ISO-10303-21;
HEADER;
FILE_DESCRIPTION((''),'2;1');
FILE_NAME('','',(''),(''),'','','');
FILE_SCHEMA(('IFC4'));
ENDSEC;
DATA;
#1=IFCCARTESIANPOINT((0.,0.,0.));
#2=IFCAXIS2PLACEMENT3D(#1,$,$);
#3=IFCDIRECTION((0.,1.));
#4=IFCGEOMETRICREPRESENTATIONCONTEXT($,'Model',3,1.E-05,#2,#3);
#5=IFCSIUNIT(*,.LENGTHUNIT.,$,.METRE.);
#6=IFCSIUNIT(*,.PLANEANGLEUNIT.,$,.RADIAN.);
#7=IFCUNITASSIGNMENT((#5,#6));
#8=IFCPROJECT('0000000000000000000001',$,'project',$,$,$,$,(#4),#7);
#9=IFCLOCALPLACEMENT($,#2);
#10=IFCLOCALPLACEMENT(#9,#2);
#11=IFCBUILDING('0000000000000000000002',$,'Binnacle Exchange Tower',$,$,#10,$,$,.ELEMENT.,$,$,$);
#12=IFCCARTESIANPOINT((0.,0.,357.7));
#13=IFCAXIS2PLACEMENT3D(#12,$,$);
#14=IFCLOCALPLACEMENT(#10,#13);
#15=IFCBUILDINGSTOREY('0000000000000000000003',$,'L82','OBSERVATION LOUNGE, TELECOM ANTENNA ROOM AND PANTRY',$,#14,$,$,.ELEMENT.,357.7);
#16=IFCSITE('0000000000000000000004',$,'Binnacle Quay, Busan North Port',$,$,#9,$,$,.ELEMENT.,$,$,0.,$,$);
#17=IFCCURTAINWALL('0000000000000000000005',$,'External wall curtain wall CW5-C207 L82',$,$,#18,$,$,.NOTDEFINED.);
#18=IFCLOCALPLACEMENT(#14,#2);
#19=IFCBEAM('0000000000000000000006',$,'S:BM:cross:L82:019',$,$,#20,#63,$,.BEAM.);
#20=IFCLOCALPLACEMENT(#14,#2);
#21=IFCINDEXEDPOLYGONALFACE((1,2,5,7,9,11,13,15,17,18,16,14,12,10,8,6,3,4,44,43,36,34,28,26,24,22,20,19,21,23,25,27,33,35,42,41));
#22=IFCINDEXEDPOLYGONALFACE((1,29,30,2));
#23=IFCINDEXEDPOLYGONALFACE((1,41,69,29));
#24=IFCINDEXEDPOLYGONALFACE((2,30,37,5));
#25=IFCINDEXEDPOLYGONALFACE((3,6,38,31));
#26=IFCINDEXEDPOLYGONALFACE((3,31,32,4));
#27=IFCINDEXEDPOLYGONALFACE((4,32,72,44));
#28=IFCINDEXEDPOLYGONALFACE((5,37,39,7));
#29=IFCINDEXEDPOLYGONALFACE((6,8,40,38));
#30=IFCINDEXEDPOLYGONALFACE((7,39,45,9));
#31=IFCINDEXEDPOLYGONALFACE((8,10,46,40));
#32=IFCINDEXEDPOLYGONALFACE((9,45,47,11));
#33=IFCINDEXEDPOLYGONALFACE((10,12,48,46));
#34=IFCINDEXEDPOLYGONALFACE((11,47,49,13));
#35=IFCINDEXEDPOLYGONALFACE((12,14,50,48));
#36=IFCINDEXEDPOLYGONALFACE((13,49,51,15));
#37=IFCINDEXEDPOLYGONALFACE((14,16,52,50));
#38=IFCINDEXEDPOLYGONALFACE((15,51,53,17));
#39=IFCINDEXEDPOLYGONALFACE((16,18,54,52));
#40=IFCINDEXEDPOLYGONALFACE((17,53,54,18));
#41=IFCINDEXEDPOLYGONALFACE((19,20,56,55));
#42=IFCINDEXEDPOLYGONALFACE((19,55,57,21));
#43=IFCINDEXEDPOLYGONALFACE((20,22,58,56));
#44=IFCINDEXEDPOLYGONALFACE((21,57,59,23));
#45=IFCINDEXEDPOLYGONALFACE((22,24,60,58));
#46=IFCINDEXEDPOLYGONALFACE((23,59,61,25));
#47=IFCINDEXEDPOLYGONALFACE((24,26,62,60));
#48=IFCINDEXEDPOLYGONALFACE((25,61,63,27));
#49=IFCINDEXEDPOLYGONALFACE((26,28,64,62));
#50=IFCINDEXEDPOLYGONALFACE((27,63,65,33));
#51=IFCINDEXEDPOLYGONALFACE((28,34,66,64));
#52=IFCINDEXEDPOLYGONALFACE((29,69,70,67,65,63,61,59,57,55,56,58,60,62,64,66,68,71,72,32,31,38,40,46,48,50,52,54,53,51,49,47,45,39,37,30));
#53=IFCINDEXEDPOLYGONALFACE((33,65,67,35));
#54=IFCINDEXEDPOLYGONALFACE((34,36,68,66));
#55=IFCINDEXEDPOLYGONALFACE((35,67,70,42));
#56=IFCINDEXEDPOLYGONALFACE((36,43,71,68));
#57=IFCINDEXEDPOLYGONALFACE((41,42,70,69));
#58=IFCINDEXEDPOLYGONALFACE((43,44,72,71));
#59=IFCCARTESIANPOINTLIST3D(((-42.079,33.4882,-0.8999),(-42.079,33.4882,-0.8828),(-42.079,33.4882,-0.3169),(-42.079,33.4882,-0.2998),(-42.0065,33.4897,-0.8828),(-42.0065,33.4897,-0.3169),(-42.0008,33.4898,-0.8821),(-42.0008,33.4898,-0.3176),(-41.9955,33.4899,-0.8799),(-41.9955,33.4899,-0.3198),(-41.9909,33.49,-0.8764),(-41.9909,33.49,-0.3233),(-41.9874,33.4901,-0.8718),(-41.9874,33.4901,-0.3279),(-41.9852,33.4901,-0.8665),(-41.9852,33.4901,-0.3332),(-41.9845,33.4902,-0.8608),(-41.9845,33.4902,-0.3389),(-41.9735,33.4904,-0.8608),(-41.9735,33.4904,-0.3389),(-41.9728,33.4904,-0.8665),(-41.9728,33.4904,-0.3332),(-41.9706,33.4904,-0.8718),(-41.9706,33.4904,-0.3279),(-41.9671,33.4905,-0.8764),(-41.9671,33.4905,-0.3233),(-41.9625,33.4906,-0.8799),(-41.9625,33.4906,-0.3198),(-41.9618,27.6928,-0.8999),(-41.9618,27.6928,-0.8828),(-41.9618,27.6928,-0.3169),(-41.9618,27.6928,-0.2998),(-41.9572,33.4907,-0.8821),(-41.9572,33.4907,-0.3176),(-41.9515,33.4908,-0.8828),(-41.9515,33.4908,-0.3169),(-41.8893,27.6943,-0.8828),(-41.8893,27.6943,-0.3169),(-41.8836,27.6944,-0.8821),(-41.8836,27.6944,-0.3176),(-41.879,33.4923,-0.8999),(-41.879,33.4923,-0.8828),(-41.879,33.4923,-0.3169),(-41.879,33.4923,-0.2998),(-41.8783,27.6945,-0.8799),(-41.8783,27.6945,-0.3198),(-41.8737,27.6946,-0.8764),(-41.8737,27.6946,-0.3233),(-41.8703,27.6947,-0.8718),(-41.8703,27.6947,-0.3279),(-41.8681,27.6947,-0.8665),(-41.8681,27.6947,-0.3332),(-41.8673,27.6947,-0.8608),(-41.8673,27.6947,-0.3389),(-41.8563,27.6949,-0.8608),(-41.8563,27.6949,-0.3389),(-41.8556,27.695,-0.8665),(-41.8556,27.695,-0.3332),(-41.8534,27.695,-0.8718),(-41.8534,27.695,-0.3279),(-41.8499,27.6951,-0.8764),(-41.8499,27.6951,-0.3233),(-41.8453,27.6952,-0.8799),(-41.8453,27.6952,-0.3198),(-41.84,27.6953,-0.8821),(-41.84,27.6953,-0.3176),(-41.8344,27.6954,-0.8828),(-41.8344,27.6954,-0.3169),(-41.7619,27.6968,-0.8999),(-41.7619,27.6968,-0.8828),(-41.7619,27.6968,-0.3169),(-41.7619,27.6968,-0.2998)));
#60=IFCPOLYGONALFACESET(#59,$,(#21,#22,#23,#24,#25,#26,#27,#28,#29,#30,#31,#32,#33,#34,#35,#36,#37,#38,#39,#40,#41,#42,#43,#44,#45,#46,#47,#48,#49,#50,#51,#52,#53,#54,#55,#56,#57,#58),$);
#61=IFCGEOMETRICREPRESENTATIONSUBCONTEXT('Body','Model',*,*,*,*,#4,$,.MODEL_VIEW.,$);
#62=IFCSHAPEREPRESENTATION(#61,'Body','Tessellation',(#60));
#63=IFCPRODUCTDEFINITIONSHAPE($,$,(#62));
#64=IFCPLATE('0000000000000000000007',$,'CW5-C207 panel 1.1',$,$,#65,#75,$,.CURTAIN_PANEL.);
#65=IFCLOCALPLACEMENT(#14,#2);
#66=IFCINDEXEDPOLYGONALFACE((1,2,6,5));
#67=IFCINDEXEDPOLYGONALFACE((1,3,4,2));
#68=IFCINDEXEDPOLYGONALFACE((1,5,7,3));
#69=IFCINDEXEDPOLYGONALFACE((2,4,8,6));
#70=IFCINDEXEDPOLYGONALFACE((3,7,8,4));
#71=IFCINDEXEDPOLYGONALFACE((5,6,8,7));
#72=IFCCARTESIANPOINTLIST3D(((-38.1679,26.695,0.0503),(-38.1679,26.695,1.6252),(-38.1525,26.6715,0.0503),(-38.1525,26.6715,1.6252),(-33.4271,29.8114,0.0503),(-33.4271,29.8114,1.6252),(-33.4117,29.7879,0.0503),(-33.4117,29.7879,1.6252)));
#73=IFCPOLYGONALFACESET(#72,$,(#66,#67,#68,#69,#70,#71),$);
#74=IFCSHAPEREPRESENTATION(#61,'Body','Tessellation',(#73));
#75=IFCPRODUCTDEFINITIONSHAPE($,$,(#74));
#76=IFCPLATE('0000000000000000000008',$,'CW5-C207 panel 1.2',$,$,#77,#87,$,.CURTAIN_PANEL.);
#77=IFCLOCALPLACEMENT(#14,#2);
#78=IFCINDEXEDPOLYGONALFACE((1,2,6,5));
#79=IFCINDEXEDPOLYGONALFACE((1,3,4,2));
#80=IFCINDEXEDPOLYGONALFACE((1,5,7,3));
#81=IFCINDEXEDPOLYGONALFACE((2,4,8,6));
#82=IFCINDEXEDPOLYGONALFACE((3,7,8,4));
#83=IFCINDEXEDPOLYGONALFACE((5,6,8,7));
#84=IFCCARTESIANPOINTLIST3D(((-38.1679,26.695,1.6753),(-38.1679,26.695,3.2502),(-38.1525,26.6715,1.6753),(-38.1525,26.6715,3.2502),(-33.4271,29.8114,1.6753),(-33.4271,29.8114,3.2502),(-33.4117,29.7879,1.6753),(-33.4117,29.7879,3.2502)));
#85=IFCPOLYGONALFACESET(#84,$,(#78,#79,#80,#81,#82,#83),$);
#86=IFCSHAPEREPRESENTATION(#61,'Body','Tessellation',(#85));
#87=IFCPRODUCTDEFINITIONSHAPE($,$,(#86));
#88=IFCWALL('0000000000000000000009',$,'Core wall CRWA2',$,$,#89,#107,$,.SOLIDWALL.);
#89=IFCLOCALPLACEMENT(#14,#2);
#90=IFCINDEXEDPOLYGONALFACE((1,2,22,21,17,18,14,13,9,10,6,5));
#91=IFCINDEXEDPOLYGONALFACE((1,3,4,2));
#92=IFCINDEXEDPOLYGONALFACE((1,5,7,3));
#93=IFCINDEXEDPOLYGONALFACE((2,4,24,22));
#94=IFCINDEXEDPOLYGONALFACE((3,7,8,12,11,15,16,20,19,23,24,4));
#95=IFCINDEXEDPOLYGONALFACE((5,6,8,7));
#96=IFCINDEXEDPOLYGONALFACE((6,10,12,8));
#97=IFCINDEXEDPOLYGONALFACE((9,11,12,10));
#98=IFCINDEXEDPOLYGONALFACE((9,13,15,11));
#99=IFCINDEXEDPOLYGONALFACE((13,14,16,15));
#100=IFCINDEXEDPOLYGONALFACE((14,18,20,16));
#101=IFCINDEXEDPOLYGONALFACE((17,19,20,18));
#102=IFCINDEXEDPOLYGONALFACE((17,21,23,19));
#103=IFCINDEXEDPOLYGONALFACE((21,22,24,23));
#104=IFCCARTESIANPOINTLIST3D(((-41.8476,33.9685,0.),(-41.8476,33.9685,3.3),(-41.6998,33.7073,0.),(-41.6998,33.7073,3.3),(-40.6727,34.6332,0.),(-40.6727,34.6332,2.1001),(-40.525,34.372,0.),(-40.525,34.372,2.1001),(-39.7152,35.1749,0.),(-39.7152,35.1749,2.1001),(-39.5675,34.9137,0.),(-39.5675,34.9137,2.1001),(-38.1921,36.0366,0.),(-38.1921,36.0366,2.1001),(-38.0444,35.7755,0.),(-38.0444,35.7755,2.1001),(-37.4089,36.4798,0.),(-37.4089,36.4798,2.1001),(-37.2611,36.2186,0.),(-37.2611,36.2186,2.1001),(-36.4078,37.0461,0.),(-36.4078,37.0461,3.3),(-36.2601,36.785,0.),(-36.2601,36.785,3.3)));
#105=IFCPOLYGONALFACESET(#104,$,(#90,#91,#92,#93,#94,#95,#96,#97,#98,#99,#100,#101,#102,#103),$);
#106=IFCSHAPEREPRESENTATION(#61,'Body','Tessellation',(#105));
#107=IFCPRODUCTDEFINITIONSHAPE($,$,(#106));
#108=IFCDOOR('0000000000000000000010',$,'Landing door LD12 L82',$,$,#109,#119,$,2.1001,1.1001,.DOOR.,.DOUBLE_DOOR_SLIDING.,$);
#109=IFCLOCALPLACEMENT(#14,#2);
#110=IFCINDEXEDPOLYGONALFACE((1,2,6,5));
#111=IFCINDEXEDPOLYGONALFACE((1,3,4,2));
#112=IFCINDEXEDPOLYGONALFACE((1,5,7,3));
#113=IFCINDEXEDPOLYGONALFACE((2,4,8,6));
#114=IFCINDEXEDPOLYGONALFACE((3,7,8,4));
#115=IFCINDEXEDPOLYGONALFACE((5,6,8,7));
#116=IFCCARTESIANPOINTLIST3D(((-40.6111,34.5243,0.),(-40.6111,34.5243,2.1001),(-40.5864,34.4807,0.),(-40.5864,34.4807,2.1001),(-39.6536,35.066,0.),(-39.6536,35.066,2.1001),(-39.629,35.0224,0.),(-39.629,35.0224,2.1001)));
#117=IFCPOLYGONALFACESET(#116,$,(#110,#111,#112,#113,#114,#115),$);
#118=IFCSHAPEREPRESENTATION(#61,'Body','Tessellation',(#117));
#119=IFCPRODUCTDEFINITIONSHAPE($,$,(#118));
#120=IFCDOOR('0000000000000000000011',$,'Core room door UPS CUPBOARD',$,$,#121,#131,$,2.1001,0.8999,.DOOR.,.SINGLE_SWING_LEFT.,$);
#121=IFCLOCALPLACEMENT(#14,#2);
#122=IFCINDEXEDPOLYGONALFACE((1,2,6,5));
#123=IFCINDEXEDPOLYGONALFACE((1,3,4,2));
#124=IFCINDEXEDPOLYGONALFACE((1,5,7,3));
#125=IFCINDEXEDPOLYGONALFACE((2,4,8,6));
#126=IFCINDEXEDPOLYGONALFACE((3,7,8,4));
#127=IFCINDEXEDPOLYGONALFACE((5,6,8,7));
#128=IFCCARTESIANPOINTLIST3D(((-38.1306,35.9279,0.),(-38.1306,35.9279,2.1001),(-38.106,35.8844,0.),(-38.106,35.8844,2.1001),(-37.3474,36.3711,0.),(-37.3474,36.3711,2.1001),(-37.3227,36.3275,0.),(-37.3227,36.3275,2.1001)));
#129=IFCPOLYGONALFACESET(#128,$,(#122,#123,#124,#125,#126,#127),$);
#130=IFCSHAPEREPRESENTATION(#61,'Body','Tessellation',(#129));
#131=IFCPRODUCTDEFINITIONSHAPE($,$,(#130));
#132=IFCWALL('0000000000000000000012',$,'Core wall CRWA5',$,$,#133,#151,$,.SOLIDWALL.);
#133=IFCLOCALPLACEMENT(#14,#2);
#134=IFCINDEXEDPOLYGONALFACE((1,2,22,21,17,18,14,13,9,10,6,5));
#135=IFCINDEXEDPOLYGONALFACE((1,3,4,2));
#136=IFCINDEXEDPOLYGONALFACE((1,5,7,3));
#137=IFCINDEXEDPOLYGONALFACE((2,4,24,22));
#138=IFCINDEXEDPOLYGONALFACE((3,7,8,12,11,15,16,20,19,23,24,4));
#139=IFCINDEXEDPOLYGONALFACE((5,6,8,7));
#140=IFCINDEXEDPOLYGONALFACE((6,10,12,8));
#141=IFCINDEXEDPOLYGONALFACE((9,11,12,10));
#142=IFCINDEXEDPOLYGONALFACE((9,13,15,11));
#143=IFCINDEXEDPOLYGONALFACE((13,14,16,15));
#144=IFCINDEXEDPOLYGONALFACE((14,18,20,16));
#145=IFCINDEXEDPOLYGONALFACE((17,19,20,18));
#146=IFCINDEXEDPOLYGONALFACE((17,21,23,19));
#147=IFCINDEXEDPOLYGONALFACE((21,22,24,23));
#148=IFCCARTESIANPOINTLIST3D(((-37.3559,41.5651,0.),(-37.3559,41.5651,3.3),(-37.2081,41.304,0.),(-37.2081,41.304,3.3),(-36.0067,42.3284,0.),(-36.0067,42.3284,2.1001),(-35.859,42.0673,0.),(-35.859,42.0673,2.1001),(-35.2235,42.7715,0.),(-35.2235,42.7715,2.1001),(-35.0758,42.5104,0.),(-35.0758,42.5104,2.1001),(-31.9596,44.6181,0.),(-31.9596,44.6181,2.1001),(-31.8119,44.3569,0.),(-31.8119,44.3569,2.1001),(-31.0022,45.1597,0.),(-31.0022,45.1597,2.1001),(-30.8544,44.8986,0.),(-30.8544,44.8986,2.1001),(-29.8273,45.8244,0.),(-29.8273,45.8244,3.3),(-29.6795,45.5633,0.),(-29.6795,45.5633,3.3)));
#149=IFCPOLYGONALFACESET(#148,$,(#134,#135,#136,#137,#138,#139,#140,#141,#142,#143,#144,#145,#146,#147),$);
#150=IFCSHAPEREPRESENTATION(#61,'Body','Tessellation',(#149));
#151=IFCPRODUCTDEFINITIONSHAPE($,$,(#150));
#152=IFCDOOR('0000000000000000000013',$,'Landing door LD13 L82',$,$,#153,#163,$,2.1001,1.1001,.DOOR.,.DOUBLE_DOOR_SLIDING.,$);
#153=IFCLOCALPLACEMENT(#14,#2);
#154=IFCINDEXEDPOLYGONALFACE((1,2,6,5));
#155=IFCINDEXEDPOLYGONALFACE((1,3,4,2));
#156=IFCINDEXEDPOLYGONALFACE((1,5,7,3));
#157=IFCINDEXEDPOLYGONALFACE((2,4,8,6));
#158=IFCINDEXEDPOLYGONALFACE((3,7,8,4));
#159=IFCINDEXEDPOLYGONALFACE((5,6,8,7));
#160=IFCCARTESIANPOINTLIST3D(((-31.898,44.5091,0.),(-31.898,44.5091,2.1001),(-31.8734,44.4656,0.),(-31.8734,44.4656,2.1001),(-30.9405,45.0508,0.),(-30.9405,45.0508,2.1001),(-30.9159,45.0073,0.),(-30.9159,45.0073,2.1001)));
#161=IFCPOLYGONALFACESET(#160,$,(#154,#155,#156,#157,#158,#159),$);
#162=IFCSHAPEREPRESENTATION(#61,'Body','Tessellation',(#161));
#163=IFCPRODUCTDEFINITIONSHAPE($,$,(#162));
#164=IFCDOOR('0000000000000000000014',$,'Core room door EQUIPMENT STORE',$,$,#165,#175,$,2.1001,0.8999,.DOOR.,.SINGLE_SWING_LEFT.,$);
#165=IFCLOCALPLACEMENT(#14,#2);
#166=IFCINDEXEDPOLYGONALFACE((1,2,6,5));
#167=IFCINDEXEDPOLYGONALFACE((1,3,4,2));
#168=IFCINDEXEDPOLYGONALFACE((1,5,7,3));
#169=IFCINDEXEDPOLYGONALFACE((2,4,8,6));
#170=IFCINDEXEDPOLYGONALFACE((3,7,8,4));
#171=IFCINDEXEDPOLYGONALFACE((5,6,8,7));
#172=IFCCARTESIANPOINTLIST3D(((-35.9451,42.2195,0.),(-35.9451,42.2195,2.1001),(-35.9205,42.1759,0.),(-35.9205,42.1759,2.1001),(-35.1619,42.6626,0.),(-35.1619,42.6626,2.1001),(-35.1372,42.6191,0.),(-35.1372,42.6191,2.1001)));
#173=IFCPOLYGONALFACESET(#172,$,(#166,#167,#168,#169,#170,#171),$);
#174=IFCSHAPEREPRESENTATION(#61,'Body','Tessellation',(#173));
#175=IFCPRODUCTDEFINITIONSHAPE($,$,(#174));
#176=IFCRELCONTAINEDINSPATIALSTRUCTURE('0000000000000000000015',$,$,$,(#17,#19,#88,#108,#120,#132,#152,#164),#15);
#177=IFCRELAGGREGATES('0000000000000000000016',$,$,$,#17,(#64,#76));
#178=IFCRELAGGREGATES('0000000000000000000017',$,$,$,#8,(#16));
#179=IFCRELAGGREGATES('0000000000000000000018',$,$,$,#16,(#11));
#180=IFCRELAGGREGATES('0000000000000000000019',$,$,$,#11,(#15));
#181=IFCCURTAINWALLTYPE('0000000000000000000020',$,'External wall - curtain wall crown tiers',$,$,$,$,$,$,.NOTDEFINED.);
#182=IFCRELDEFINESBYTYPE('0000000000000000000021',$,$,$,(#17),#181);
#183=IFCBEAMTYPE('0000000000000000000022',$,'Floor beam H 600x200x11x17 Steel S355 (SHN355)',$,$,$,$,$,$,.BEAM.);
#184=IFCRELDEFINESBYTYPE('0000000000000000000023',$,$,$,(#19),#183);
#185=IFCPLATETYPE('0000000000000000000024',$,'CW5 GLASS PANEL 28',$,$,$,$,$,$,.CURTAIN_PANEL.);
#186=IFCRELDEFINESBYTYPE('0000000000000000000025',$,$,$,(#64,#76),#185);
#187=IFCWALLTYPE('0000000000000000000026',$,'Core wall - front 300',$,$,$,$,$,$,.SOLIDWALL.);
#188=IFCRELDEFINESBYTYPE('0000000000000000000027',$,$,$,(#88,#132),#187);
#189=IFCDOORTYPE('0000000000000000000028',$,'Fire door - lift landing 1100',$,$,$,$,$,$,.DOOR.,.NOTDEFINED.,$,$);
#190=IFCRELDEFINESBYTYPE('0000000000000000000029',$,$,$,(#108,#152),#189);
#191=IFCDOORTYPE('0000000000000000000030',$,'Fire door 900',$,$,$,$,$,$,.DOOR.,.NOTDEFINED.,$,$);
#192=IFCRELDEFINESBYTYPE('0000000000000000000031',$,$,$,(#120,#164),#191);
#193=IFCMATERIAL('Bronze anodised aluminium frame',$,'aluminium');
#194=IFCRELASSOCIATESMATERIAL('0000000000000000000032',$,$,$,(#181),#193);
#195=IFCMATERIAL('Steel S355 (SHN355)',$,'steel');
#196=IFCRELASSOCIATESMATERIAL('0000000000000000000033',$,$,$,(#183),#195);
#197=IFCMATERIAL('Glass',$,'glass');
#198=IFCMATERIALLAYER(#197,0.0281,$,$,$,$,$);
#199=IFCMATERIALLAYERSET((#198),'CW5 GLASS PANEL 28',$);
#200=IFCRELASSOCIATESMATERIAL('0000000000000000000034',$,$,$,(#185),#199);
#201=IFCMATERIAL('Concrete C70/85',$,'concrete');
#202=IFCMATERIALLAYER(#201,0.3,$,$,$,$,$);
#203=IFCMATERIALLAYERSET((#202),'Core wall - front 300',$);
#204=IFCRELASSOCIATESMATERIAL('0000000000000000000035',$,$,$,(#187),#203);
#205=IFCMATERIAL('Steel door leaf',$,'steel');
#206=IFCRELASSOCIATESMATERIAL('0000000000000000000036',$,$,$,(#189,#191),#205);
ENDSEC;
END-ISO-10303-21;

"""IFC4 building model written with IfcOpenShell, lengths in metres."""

from ifc_helpers import new_model, si_unit, direction, frame, frame_2d, origin, origin_2d, place, context, subcontext, project, spatial, rectangle, i_section, extrude, material, layer, layer_set, material_profile, profile_set, type_object, element, fill, aggregate, save


model = new_model("IFC4")

# Units and contexts
model_context = context("Model", 3, precision=1e-05, world=origin(), true_north=direction((0.0, 1.0)))
body_context = subcontext(model_context, "Body", "Model", "MODEL_VIEW")
ifc_project = project(units=[si_unit("LENGTHUNIT", "METRE"), si_unit("PLANEANGLEUNIT", "RADIAN")], contexts=[model_context])

# Site, building, storey
site_placement = place(None, origin())
site = spatial("IfcSite", under=ifc_project, at=site_placement, Name="Binnacle Quay, Busan North Port", CompositionType="ELEMENT", RefElevation=0.0)
building_placement = place(site_placement, origin())
building = spatial("IfcBuilding", under=site, at=building_placement, Name="Binnacle Exchange Tower", CompositionType="ELEMENT")
storey_placement = place(building_placement, frame((0.0, 0.0, 357.7)))
storey = spatial("IfcBuildingStorey", under=building, at=storey_placement, Name="L82", Description="OBSERVATION LOUNGE, TELECOM ANTENNA ROOM AND PANTRY", CompositionType="ELEMENT", Elevation=357.7)

# Shared definitions
ifc_material_1 = material(Name="Steel S355 (SHN355)", Category="steel")

# Curtain wall
ifc_material_2 = material(Name="Bronze anodised aluminium frame", Category="aluminium")
curtain_wall_type = type_object("IfcCurtainWallType", Name="External wall - curtain wall crown tiers", PredefinedType="NOTDEFINED", material=ifc_material_2)
curtain_wall_placement = place(storey_placement, origin())
curtain_wall = element("IfcCurtainWall", 1, at=curtain_wall_placement, inside=storey, type_object=curtain_wall_type, Name="External wall curtain wall CW5-C207 L82", PredefinedType="NOTDEFINED")

# Beam
ifc_material_profile_1 = material_profile(ifc_material_1, i_section(OverallWidth=0.2, OverallDepth=0.6001, WebThickness=0.011, FlangeThickness=0.0171, FilletRadius=0.022, at=origin_2d()), Name="H 600x200x11x17")
ifc_profile_set_1 = profile_set([ifc_material_profile_1], Name="Steel S355 (SHN355)")
beam_type_1 = type_object("IfcBeamType", Name="Floor beam H 600x200x11x17 Steel S355 (SHN355)", PredefinedType="BEAM", material=ifc_profile_set_1)
beam_1_placement = place(storey_placement, frame((-41.8618, 27.6948, -0.5999), z_axis=(-0.020217, 0.999796, 0.0), x_axis=(-0.999796, -0.020217, 0.0)))
element("IfcBeam", 2, at=beam_1_placement, inside=storey, type_object=beam_type_1, Name="S:BM:cross:L82:019", PredefinedType="BEAM", context=body_context, shape_type="SweptSolid", body=[
    extrude(i_section(OverallWidth=0.2, OverallDepth=0.6001, WebThickness=0.011, FlangeThickness=0.0171, FilletRadius=0.022, at=origin_2d()), origin(), (0.0, 0.0, 1.0), 5.7966),
])

# Plates
ifc_material_3 = material(Name="Glass", Category="glass")
ifc_layer_1 = layer(ifc_material_3, 0.0281)
ifc_layer_set_1 = layer_set([ifc_layer_1], Name="CW5 GLASS PANEL 28")
plate_type = type_object("IfcPlateType", Name="CW5 GLASS PANEL 28", PredefinedType="CURTAIN_PANEL", material=ifc_layer_set_1)
plate_1_placement = place(storey_placement, frame((-35.7898, 28.2415, 0.0503), z_axis=(0.0, 0.0, 1.0), x_axis=(0.835618, 0.54931, 0.0)))
plate_1 = element("IfcPlate", 3, at=plate_1_placement, type_object=plate_type, Name="CW5-C207 panel 1.1", PredefinedType="CURTAIN_PANEL", context=body_context, shape_type="SweptSolid", body=[
    extrude(rectangle(XDim=5.6733, YDim=0.0281, at=origin_2d()), origin(), (0.0, 0.0, 1.0), 1.575),
])
plate_2_placement = place(storey_placement, frame((-35.7898, 28.2415, 1.6753), z_axis=(0.0, 0.0, 1.0), x_axis=(0.835618, 0.54931, 0.0)))
plate_2 = element("IfcPlate", 4, at=plate_2_placement, type_object=plate_type, Name="CW5-C207 panel 1.2", PredefinedType="CURTAIN_PANEL", context=body_context, shape_type="SweptSolid", body=[
    extrude(rectangle(XDim=5.6733, YDim=0.0281, at=origin_2d()), origin(), (0.0, 0.0, 1.0), 1.575),
])
aggregate(curtain_wall, [plate_1, plate_2])

# Walls, openings, doors
ifc_material_4 = material(Name="Concrete C70/85", Category="concrete")
ifc_layer_2 = layer(ifc_material_4, 0.3)
ifc_layer_set_2 = layer_set([ifc_layer_2], Name="Core wall - front 300")
wall_type_1 = type_object("IfcWallType", Name="Core wall - front 300", PredefinedType="SOLIDWALL", material=ifc_layer_set_2)
wall_1_placement = place(storey_placement, frame((-41.7737, 33.8379, 0.0), z_axis=(0.0, 0.0, 1.0), x_axis=(0.870355, 0.492424, 0.0)))
wall_1 = element("IfcWall", 5, at=wall_1_placement, inside=storey, type_object=wall_type_1, Name="Core wall CRWA2", PredefinedType="SOLIDWALL", context=body_context, shape_type="SweptSolid", body=[
    extrude(rectangle(XDim=6.25, YDim=0.3, at=frame_2d((3.125, 0.0))), origin(), (0.0, 0.0, 1.0), 3.3),
])
opening_1_placement = place(wall_1_placement, frame((1.3499, 0.0, 0.0)))
opening_1 = element("IfcOpeningElement", 6, at=opening_1_placement, cuts=wall_1, PredefinedType="OPENING", context=body_context, shape_type="SweptSolid", body=[
    extrude(rectangle(XDim=1.1001, YDim=2.1001, at=frame_2d((0.55, 1.05))), frame((0.0, 0.1599, 0.0), z_axis=(0.0, -1.0, 0.0), x_axis=(1.0, 0.0, 0.0)), (0.0, 0.0, 1.0), 0.3201),
])
opening_2_placement = place(wall_1_placement, frame((4.2, 0.0, 0.0)))
opening_2 = element("IfcOpeningElement", 7, at=opening_2_placement, cuts=wall_1, PredefinedType="OPENING", context=body_context, shape_type="SweptSolid", body=[
    extrude(rectangle(XDim=0.8999, YDim=2.1001, at=frame_2d((0.45, 1.05))), frame((0.0, 0.1599, 0.0), z_axis=(0.0, -1.0, 0.0), x_axis=(1.0, 0.0, 0.0)), (0.0, 0.0, 1.0), 0.3201),
])
ifc_material_5 = material(Name="Steel door leaf", Category="steel")
door_type_1 = type_object("IfcDoorType", Name="Fire door - lift landing 1100", OperationType="NOTDEFINED", PredefinedType="DOOR", material=ifc_material_5)
door_1_placement = place(opening_1_placement, origin())
door_1 = element("IfcDoor", 8, at=door_1_placement, inside=storey, type_object=door_type_1, Name="Landing door LD12 L82", OperationType="DOUBLE_DOOR_SLIDING", OverallHeight=2.1001, OverallWidth=1.1001, PredefinedType="DOOR", context=body_context, shape_type="SweptSolid", body=[
    extrude(rectangle(XDim=1.1001, YDim=2.1001, at=frame_2d((0.55, 1.05))), frame((0.0, 0.0249, 0.0), z_axis=(0.0, -1.0, 0.0), x_axis=(1.0, 0.0, 0.0)), (0.0, 0.0, 1.0), 0.05),
])
fill(opening_1, door_1)
door_type_2 = type_object("IfcDoorType", Name="Fire door 900", OperationType="NOTDEFINED", PredefinedType="DOOR", material=ifc_material_5)
door_2_placement = place(opening_2_placement, frame((0.8999, 0.0, 0.0), z_axis=(0.0, 0.0, 1.0), x_axis=(-1.0, 0.0, 0.0)))
door_2 = element("IfcDoor", 9, at=door_2_placement, inside=storey, type_object=door_type_2, Name="Core room door UPS CUPBOARD", OperationType="SINGLE_SWING_LEFT", OverallHeight=2.1001, OverallWidth=0.8999, PredefinedType="DOOR", context=body_context, shape_type="SweptSolid", body=[
    extrude(rectangle(XDim=0.8999, YDim=2.1001, at=frame_2d((0.45, 1.05))), frame((0.0, 0.0249, 0.0), z_axis=(0.0, -1.0, 0.0), x_axis=(1.0, 0.0, 0.0)), (0.0, 0.0, 1.0), 0.05),
])
fill(opening_2, door_2)
wall_2_placement = place(storey_placement, frame((-37.282, 41.4346, 0.0), z_axis=(0.0, 0.0, 1.0), x_axis=(0.870365, 0.492408, 0.0)))
wall_2 = element("IfcWall", 10, at=wall_2_placement, inside=storey, type_object=wall_type_1, Name="Core wall CRWA5", PredefinedType="SOLIDWALL", context=body_context, shape_type="SweptSolid", body=[
    extrude(rectangle(XDim=8.6499, YDim=0.3, at=frame_2d((4.325, 0.0))), origin(), (0.0, 0.0, 1.0), 3.3),
])
opening_3_placement = place(wall_2_placement, frame((6.2, 0.0, 0.0)))
opening_3 = element("IfcOpeningElement", 11, at=opening_3_placement, cuts=wall_2, PredefinedType="OPENING", context=body_context, shape_type="SweptSolid", body=[
    extrude(rectangle(XDim=1.1001, YDim=2.1001, at=frame_2d((0.55, 1.05))), frame((0.0, 0.1599, 0.0), z_axis=(0.0, -1.0, 0.0), x_axis=(1.0, 0.0, 0.0)), (0.0, 0.0, 1.0), 0.3201),
])
opening_4_placement = place(wall_2_placement, frame((1.55, 0.0, 0.0)))
opening_4 = element("IfcOpeningElement", 12, at=opening_4_placement, cuts=wall_2, PredefinedType="OPENING", context=body_context, shape_type="SweptSolid", body=[
    extrude(rectangle(XDim=0.8999, YDim=2.1001, at=frame_2d((0.45, 1.05))), frame((0.0, 0.1599, 0.0), z_axis=(0.0, -1.0, 0.0), x_axis=(1.0, 0.0, 0.0)), (0.0, 0.0, 1.0), 0.3201),
])
door_3_placement = place(opening_3_placement, origin())
door_3 = element("IfcDoor", 13, at=door_3_placement, inside=storey, type_object=door_type_1, Name="Landing door LD13 L82", OperationType="DOUBLE_DOOR_SLIDING", OverallHeight=2.1001, OverallWidth=1.1001, PredefinedType="DOOR", context=body_context, shape_type="SweptSolid", body=[
    extrude(rectangle(XDim=1.1001, YDim=2.1001, at=frame_2d((0.55, 1.05))), frame((0.0, 0.0249, 0.0), z_axis=(0.0, -1.0, 0.0), x_axis=(1.0, 0.0, 0.0)), (0.0, 0.0, 1.0), 0.05),
])
fill(opening_3, door_3)
door_4_placement = place(opening_4_placement, origin())
door_4 = element("IfcDoor", 14, at=door_4_placement, inside=storey, type_object=door_type_2, Name="Core room door EQUIPMENT STORE", OperationType="SINGLE_SWING_LEFT", OverallHeight=2.1001, OverallWidth=0.8999, PredefinedType="DOOR", context=body_context, shape_type="SweptSolid", body=[
    extrude(rectangle(XDim=0.8999, YDim=2.1001, at=frame_2d((0.45, 1.05))), frame((0.0, 0.0249, 0.0), z_axis=(0.0, -1.0, 0.0), x_axis=(1.0, 0.0, 0.0)), (0.0, 0.0, 1.0), 0.05),
])
fill(opening_4, door_4)

save(model, "model.ifc")
